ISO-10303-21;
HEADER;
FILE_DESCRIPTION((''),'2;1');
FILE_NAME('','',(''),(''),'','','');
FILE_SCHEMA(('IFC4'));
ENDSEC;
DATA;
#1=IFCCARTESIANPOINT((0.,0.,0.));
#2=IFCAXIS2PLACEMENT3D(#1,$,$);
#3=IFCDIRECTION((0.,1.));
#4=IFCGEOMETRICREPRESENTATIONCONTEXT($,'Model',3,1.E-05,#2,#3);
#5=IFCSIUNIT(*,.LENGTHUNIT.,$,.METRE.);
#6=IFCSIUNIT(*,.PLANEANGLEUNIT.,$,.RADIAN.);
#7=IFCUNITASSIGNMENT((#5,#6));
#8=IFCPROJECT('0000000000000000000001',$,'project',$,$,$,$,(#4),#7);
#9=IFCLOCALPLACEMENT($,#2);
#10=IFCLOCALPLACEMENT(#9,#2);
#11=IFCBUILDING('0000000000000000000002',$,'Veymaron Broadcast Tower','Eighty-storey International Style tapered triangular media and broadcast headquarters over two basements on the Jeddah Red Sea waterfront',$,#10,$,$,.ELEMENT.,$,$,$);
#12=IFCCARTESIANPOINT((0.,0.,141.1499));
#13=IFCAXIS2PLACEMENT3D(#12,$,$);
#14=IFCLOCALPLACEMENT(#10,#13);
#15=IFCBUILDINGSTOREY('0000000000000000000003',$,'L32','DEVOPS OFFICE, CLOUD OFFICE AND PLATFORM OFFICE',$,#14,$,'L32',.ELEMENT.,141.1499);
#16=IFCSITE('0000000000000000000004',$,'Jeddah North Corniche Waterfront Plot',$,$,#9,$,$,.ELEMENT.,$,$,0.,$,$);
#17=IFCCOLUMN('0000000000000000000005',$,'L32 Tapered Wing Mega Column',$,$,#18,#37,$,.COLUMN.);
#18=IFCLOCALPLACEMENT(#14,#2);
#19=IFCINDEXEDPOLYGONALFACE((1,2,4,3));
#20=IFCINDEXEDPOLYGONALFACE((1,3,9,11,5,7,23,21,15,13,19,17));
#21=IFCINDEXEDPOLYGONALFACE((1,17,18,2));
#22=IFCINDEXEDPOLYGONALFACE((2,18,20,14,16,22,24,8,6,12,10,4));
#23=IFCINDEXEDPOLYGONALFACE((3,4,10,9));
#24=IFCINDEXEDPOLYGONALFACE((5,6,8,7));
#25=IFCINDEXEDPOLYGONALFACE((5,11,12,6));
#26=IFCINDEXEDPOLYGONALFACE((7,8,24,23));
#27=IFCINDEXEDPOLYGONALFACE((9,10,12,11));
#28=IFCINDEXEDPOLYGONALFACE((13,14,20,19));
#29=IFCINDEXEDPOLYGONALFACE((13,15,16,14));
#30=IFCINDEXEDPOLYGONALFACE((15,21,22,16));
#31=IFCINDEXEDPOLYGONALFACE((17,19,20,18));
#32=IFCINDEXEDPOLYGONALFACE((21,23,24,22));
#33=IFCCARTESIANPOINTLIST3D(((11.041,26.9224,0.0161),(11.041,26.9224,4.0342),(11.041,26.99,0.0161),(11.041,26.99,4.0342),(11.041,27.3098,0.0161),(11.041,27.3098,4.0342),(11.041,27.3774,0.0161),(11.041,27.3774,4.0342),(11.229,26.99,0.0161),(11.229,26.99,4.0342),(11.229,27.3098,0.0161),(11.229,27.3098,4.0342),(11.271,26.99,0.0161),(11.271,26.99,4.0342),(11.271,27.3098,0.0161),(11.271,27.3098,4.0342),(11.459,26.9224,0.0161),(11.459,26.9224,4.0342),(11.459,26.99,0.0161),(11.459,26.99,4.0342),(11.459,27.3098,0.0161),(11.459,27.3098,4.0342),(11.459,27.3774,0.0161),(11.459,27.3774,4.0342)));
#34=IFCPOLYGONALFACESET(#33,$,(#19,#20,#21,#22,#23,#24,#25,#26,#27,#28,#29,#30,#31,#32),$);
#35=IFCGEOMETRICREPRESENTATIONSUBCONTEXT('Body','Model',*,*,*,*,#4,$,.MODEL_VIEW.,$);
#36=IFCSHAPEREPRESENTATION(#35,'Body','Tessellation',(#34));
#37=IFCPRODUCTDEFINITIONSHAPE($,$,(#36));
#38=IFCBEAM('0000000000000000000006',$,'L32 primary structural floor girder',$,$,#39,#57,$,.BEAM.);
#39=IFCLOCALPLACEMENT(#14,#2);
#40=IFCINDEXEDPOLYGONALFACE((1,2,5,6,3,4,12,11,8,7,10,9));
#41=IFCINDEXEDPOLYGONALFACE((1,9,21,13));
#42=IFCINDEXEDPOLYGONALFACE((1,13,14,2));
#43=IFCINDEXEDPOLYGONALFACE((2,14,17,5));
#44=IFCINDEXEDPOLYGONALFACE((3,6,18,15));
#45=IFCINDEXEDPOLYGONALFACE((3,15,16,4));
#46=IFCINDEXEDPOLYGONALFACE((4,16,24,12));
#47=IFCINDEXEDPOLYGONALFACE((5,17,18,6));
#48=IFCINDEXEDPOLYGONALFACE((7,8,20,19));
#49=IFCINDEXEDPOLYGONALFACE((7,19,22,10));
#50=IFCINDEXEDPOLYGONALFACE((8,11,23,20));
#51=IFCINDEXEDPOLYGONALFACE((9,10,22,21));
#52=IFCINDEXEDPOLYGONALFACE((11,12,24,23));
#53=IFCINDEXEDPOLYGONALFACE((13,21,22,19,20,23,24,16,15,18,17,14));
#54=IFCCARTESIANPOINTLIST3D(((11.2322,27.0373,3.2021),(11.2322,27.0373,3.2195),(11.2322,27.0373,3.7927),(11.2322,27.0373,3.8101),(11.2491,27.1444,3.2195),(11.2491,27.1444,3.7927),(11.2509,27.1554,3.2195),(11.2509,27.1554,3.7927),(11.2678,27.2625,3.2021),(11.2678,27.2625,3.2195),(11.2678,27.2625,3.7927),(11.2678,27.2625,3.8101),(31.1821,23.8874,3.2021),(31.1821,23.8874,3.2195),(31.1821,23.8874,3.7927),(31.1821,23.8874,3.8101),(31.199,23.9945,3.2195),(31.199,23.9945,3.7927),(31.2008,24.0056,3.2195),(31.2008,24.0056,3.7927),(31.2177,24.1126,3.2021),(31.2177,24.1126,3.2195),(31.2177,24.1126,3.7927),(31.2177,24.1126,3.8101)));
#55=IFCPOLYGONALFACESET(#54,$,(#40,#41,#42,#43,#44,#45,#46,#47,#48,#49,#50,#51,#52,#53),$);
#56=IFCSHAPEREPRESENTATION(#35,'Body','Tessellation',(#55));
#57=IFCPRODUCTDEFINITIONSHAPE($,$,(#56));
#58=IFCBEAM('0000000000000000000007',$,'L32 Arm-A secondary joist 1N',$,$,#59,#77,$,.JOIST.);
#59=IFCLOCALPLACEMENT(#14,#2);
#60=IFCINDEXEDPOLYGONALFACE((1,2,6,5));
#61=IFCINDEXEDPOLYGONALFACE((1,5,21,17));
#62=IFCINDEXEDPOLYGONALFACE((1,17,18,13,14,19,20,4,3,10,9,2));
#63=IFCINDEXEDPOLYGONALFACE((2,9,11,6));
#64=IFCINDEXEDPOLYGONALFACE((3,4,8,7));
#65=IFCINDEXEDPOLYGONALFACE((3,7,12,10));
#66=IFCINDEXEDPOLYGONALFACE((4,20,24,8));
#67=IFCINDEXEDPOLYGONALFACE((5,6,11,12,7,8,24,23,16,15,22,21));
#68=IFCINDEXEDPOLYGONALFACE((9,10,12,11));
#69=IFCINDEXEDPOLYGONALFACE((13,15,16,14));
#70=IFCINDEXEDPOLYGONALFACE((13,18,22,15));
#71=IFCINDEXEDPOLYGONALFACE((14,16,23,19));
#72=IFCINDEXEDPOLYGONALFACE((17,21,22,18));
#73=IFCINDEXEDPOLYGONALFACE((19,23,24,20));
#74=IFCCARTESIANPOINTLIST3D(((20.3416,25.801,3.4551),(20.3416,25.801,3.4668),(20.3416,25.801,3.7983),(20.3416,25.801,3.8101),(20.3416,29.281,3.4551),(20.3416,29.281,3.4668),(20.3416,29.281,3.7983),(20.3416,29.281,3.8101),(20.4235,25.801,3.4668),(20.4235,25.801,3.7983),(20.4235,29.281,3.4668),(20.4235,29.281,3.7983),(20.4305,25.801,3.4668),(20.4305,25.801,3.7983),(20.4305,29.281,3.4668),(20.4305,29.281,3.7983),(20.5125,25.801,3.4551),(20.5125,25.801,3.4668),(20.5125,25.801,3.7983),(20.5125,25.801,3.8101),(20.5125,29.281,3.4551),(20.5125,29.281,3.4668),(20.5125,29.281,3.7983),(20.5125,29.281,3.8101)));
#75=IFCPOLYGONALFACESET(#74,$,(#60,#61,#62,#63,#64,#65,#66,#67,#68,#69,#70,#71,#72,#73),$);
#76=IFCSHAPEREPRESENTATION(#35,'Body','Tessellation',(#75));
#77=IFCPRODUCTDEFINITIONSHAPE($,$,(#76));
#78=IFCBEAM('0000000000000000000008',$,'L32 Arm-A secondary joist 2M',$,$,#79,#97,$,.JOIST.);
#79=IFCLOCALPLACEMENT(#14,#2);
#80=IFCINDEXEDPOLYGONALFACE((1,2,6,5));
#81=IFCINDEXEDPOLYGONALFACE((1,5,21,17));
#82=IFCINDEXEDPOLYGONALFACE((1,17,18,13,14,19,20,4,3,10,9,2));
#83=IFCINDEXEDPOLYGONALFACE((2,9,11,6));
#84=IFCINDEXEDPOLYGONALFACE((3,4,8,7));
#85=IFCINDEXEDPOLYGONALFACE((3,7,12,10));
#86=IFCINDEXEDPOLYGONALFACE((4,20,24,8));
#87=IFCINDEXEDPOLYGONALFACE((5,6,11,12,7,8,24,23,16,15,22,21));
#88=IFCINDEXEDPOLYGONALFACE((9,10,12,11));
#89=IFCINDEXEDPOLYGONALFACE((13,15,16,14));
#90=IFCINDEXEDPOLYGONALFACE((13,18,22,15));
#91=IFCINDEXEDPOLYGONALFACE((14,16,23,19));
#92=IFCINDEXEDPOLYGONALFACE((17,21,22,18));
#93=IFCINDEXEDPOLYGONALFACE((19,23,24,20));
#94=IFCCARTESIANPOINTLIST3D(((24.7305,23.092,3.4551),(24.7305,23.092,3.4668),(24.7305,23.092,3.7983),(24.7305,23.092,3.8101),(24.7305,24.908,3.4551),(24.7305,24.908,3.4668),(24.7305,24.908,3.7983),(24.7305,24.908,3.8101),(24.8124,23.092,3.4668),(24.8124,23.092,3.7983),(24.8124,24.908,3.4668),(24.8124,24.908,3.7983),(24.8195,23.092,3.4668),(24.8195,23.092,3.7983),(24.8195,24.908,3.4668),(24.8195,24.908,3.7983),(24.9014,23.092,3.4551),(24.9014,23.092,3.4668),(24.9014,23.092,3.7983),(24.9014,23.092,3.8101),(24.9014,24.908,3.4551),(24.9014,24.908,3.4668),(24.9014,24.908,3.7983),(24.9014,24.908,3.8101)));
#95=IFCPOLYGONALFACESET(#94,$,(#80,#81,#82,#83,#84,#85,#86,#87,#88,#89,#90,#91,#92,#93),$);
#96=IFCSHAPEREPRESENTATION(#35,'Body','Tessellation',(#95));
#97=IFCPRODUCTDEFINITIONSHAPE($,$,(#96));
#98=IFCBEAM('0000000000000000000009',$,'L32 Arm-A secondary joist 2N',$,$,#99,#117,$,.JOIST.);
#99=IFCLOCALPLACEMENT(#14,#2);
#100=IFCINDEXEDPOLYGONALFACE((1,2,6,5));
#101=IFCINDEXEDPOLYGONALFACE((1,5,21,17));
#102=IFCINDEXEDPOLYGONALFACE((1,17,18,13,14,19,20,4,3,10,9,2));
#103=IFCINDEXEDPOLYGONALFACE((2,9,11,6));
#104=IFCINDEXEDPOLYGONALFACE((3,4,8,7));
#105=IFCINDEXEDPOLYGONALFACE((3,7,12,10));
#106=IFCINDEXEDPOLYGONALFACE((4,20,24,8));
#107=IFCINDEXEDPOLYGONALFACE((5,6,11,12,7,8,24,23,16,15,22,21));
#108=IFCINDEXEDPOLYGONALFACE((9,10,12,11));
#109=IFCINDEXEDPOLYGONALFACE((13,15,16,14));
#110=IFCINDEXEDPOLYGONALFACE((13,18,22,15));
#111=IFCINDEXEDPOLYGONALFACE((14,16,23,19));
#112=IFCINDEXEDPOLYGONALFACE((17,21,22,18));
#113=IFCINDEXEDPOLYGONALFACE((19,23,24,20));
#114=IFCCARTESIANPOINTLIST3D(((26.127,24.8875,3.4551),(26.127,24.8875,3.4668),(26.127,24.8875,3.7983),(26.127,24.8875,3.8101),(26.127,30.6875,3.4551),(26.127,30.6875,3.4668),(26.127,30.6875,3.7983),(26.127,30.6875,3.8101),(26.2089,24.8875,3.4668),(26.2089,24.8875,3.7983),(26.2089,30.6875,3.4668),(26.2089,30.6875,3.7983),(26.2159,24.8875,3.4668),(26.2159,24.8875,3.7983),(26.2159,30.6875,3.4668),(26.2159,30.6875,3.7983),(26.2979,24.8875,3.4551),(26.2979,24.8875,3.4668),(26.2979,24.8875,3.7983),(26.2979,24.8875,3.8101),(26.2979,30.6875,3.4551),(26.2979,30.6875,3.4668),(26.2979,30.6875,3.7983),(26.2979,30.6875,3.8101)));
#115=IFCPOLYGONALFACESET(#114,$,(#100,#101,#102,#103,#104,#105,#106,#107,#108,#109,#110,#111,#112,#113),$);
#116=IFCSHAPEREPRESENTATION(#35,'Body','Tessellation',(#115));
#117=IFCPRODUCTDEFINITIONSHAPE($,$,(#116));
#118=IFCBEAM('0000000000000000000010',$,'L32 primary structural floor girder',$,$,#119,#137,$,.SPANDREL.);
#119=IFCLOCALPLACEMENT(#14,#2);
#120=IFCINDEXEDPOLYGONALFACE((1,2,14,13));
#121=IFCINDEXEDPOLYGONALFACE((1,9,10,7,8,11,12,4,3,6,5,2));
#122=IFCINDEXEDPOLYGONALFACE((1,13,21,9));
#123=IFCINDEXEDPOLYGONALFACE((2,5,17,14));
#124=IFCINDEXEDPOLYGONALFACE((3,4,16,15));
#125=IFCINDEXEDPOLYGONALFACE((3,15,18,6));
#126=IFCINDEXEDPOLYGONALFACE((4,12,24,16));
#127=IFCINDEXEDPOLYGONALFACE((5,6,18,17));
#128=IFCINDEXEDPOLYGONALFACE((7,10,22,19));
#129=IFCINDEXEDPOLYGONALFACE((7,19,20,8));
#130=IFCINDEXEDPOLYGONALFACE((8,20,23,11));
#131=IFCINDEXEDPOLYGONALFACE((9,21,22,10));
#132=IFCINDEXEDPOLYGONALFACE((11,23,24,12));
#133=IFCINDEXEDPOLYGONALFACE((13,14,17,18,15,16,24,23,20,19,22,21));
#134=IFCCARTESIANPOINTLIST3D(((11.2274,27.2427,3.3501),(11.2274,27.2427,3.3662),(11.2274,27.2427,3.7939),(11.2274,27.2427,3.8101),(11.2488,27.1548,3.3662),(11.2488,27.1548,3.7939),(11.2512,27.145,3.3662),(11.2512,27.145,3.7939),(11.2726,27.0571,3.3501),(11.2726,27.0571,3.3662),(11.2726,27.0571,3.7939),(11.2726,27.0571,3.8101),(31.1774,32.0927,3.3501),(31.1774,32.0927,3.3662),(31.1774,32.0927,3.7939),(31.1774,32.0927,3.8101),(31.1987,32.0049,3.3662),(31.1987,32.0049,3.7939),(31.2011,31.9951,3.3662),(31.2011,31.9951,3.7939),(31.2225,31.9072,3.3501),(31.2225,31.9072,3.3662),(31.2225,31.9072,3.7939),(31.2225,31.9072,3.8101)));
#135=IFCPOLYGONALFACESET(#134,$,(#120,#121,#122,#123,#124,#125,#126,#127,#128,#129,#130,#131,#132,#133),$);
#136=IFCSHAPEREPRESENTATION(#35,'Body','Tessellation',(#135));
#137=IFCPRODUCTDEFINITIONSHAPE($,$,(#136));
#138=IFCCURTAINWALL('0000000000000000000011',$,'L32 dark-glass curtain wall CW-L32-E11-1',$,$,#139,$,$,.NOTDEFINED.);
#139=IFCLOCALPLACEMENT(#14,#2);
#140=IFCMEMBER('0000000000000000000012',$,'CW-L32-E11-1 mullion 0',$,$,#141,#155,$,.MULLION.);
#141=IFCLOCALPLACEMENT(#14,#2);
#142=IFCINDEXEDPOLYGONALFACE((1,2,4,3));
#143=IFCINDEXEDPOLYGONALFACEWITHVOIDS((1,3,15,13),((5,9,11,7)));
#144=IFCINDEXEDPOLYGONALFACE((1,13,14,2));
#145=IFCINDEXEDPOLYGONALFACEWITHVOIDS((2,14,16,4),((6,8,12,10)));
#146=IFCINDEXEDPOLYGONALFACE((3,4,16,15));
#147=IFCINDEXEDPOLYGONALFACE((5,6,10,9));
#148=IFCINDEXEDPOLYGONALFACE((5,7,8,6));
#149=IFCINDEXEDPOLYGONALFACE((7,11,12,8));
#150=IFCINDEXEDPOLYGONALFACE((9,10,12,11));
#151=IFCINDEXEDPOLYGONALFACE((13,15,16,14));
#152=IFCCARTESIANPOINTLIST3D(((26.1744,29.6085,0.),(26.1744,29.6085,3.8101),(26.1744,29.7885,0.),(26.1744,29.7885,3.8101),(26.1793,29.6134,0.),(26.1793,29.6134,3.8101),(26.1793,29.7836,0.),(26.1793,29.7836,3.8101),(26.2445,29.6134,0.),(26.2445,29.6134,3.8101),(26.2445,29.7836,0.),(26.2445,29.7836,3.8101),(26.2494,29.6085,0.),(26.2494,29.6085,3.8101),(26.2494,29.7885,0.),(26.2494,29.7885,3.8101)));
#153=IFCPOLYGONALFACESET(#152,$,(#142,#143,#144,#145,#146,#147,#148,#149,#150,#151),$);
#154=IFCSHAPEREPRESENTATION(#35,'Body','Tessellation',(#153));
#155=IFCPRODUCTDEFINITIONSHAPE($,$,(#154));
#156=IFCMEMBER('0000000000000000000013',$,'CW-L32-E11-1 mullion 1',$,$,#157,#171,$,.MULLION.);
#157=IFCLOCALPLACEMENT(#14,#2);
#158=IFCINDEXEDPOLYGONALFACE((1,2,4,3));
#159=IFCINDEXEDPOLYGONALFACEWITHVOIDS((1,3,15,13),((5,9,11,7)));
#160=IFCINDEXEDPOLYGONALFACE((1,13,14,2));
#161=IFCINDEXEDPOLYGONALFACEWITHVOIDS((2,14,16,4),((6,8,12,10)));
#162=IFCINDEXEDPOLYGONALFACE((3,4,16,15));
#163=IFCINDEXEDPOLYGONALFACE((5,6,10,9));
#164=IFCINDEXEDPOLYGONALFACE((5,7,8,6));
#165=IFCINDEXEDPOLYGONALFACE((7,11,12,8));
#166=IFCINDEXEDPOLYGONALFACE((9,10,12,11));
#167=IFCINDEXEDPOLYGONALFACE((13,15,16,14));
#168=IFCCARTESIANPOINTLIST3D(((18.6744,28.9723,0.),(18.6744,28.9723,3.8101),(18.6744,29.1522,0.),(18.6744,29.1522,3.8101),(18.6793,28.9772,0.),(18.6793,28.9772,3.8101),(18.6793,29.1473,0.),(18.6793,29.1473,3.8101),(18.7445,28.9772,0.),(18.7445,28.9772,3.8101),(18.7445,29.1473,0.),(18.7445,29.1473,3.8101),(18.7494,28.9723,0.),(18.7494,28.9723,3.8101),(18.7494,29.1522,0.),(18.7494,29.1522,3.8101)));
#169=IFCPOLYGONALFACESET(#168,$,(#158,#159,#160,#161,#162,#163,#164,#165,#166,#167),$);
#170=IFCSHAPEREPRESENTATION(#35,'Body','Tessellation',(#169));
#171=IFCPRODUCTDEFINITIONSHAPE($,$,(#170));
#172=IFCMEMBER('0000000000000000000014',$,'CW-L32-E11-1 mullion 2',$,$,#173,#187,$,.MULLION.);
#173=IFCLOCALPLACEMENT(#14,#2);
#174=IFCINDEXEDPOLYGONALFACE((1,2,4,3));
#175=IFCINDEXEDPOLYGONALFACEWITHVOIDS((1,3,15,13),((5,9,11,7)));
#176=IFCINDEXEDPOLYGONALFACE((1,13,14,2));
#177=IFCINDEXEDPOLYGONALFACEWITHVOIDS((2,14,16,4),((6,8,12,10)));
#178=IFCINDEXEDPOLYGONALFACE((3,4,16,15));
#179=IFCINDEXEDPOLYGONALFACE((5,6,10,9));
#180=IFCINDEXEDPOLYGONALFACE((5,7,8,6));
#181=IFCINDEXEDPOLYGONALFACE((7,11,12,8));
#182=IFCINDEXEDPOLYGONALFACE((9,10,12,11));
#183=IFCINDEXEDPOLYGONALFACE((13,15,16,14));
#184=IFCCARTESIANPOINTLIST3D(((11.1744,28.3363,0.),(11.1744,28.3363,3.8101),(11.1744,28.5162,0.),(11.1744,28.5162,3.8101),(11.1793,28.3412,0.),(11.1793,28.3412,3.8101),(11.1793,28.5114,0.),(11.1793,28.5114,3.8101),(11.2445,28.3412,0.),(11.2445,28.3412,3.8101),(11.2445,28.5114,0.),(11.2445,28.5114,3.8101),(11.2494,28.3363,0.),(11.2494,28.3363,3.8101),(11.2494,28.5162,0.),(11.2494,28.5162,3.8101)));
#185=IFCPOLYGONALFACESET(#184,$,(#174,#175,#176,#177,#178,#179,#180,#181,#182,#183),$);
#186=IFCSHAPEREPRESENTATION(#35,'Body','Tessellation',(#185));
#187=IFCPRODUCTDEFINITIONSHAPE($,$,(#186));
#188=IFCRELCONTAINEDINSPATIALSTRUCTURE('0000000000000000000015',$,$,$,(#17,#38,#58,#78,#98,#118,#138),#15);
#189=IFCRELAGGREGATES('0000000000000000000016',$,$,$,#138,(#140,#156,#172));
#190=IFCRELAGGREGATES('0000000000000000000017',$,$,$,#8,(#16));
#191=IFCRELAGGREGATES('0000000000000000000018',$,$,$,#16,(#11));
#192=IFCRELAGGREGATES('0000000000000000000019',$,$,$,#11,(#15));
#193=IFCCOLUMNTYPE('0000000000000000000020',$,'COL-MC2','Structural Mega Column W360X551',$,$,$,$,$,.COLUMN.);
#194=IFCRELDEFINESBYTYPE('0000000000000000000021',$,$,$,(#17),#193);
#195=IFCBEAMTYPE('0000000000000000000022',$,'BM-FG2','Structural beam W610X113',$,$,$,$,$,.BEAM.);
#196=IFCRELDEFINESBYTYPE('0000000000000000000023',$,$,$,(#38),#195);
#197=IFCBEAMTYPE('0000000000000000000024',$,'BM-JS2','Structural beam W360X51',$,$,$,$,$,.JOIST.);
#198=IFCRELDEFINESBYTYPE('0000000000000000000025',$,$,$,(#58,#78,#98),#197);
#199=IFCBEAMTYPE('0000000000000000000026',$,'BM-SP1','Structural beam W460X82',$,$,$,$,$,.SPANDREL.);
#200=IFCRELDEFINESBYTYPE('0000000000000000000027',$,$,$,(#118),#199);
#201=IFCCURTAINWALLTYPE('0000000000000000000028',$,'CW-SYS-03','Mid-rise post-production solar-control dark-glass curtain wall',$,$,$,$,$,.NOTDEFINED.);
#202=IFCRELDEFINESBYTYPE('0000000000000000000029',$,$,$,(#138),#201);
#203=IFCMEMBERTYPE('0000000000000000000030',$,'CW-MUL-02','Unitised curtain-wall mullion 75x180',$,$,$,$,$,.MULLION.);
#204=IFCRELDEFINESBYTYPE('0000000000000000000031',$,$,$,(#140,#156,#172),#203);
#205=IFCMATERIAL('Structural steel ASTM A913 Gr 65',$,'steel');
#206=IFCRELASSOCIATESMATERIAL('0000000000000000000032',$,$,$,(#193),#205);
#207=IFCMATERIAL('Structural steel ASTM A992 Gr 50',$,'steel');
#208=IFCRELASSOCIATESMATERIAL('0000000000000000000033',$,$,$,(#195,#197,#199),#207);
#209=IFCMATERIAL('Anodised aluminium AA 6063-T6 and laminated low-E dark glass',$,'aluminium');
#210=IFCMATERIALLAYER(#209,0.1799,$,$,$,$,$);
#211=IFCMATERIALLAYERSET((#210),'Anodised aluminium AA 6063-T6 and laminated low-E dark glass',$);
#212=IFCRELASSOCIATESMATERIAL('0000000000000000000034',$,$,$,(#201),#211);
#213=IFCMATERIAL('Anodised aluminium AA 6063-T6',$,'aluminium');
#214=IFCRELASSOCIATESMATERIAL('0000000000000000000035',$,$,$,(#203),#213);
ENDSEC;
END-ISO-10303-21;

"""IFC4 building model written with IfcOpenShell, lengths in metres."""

from ifc_helpers import new_model, si_unit, direction, frame, origin, origin_2d, place, context, subcontext, project, spatial, hollow_rectangle, i_section, extrude, material, layer, layer_set, material_profile, profile_set, type_object, element, aggregate, save


model = new_model("IFC4")

# Units and contexts
model_context = context("Model", 3, precision=1e-05, world=origin(), true_north=direction((0.0, 1.0)))
body_context = subcontext(model_context, "Body", "Model", "MODEL_VIEW")
ifc_project = project(units=[si_unit("LENGTHUNIT", "METRE"), si_unit("PLANEANGLEUNIT", "RADIAN")], contexts=[model_context])

# Site, building, storey
site_placement = place(None, origin())
site = spatial("IfcSite", under=ifc_project, at=site_placement, Name="Jeddah North Corniche Waterfront Plot", CompositionType="ELEMENT", RefElevation=0.0)
building_placement = place(site_placement, origin())
building = spatial("IfcBuilding", under=site, at=building_placement, Name="Veymaron Broadcast Tower", Description="Eighty-storey International Style tapered triangular media and broadcast headquarters over two basements on the Jeddah Red Sea waterfront", CompositionType="ELEMENT")
storey_placement = place(building_placement, frame((0.0, 0.0, 141.1499)))
storey = spatial("IfcBuildingStorey", under=building, at=storey_placement, Name="L32", Description="DEVOPS OFFICE, CLOUD OFFICE AND PLATFORM OFFICE", LongName="L32", CompositionType="ELEMENT", Elevation=141.1499)

# Column
ifc_material_1 = material(Name="Structural steel ASTM A913 Gr 65", Category="steel")
ifc_material_profile_1 = material_profile(ifc_material_1, i_section(OverallWidth=0.418, OverallDepth=0.4551, WebThickness=0.042, FlangeThickness=0.0676, at=origin_2d()), Name="W360X551")
ifc_profile_set_1 = profile_set([ifc_material_profile_1], Name="Structural steel ASTM A913 Gr 65")
column_type = type_object("IfcColumnType", Name="COL-MC2", Description="Structural Mega Column W360X551", PredefinedType="COLUMN", material=ifc_profile_set_1)
column_placement = place(storey_placement, frame((11.25, 27.1499, 0.0161), z_axis=(0.0, 0.0, 1.0), x_axis=(1.0, 0.0, 0.0)))
element("IfcColumn", 1, at=column_placement, inside=storey, type_object=column_type, Name="L32 Tapered Wing Mega Column", PredefinedType="COLUMN", context=body_context, shape_type="SweptSolid", body=[
    extrude(i_section(OverallWidth=0.418, OverallDepth=0.4551, WebThickness=0.042, FlangeThickness=0.0676, at=origin_2d()), origin(), (0.0, 0.0, 1.0), 4.0181),
])

# Beams
ifc_material_2 = material(Name="Structural steel ASTM A992 Gr 50", Category="steel")
ifc_material_profile_2 = material_profile(ifc_material_2, i_section(OverallWidth=0.228, OverallDepth=0.6079, WebThickness=0.0112, FlangeThickness=0.0173, at=origin_2d()), Name="W610X113")
ifc_profile_set_2 = profile_set([ifc_material_profile_2], Name="Structural steel ASTM A992 Gr 50")
beam_type_1 = type_object("IfcBeamType", Name="BM-FG2", Description="Structural beam W610X113", PredefinedType="BEAM", material=ifc_profile_set_2)
beam_1_placement = place(storey_placement, frame((11.25, 27.1499, 3.5061), z_axis=(0.987764, -0.155958, 0.0), x_axis=(0.155958, 0.987764, 0.0)))
element("IfcBeam", 2, at=beam_1_placement, inside=storey, type_object=beam_type_1, Name="L32 primary structural floor girder", PredefinedType="BEAM", context=body_context, shape_type="SweptSolid", body=[
    extrude(i_section(OverallWidth=0.228, OverallDepth=0.6079, WebThickness=0.0112, FlangeThickness=0.0173, at=origin_2d()), origin(), (0.0, 0.0, 1.0), 20.197),
])
ifc_material_profile_3 = material_profile(ifc_material_2, i_section(OverallWidth=0.1709, OverallDepth=0.355, WebThickness=0.0071, FlangeThickness=0.0117, at=origin_2d()), Name="W360X51")
ifc_profile_set_3 = profile_set([ifc_material_profile_3], Name="Structural steel ASTM A992 Gr 50")
beam_type_2 = type_object("IfcBeamType", Name="BM-JS2", Description="Structural beam W360X51", PredefinedType="JOIST", material=ifc_profile_set_3)
beam_2_placement = place(storey_placement, frame((20.427, 25.801, 3.6326), z_axis=(0.0, 1.0, 0.0), x_axis=(-1.0, 0.0, 0.0)))
element("IfcBeam", 3, at=beam_2_placement, inside=storey, type_object=beam_type_2, Name="L32 Arm-A secondary joist 1N", PredefinedType="JOIST", context=body_context, shape_type="SweptSolid", body=[
    extrude(i_section(OverallWidth=0.1709, OverallDepth=0.355, WebThickness=0.0071, FlangeThickness=0.0117, at=origin_2d()), origin(), (0.0, 0.0, 1.0), 3.48),
])
beam_3_placement = place(storey_placement, frame((24.8159, 23.092, 3.6326), z_axis=(0.0, 1.0, 0.0), x_axis=(-1.0, 0.0, 0.0)))
element("IfcBeam", 4, at=beam_3_placement, inside=storey, type_object=beam_type_2, Name="L32 Arm-A secondary joist 2M", PredefinedType="JOIST", context=body_context, shape_type="SweptSolid", body=[
    extrude(i_section(OverallWidth=0.1709, OverallDepth=0.355, WebThickness=0.0071, FlangeThickness=0.0117, at=origin_2d()), origin(), (0.0, 0.0, 1.0), 1.8159),
])
beam_4_placement = place(storey_placement, frame((26.2124, 24.8875, 3.6326), z_axis=(0.0, 1.0, 0.0), x_axis=(-1.0, 0.0, 0.0)))
element("IfcBeam", 5, at=beam_4_placement, inside=storey, type_object=beam_type_2, Name="L32 Arm-A secondary joist 2N", PredefinedType="JOIST", context=body_context, shape_type="SweptSolid", body=[
    extrude(i_section(OverallWidth=0.1709, OverallDepth=0.355, WebThickness=0.0071, FlangeThickness=0.0117, at=origin_2d()), origin(), (0.0, 0.0, 1.0), 5.8),
])
ifc_material_profile_4 = material_profile(ifc_material_2, i_section(OverallWidth=0.1909, OverallDepth=0.46, WebThickness=0.01, FlangeThickness=0.0161, at=origin_2d()), Name="W460X82")
ifc_profile_set_4 = profile_set([ifc_material_profile_4], Name="Structural steel ASTM A992 Gr 50")
beam_type_3 = type_object("IfcBeamType", Name="BM-SP1", Description="Structural beam W460X82", PredefinedType="SPANDREL", material=ifc_profile_set_4)
beam_5_placement = place(storey_placement, frame((11.25, 27.1499, 3.5801), z_axis=(0.971697, 0.236232, 0.0), x_axis=(-0.236232, 0.971697, 0.0)))
element("IfcBeam", 6, at=beam_5_placement, inside=storey, type_object=beam_type_3, Name="L32 primary structural floor girder", PredefinedType="SPANDREL", context=body_context, shape_type="SweptSolid", body=[
    extrude(i_section(OverallWidth=0.1909, OverallDepth=0.46, WebThickness=0.01, FlangeThickness=0.0161, at=origin_2d()), origin(), (0.0, 0.0, 1.0), 20.531),
])

# Curtain wall, members
ifc_material_3 = material(Name="Anodised aluminium AA 6063-T6 and laminated low-E dark glass", Category="aluminium")
ifc_layer_1 = layer(ifc_material_3, 0.1799)
ifc_layer_set_1 = layer_set([ifc_layer_1], Name="Anodised aluminium AA 6063-T6 and laminated low-E dark glass")
curtain_wall_type = type_object("IfcCurtainWallType", Name="CW-SYS-03", Description="Mid-rise post-production solar-control dark-glass curtain wall", PredefinedType="NOTDEFINED", material=ifc_layer_set_1)
curtain_wall_placement = place(storey_placement, origin())
curtain_wall = element("IfcCurtainWall", 7, at=curtain_wall_placement, inside=storey, type_object=curtain_wall_type, Name="L32 dark-glass curtain wall CW-L32-E11-1", PredefinedType="NOTDEFINED")
ifc_material_4 = material(Name="Anodised aluminium AA 6063-T6", Category="aluminium")
ifc_material_profile_5 = material_profile(ifc_material_4, hollow_rectangle(XDim=0.075, YDim=0.1799, WallThickness=0.0049, at=origin_2d()), Name="AL180X75X5")
ifc_profile_set_5 = profile_set([ifc_material_profile_5], Name="Anodised aluminium AA 6063-T6")
member_type_1 = type_object("IfcMemberType", Name="CW-MUL-02", Description="Unitised curtain-wall mullion 75x180", PredefinedType="MULLION", material=ifc_profile_set_5)
member_1_placement = place(storey_placement, frame((26.2119, 29.6985, 0.0), z_axis=(0.0, 0.0, 1.0), x_axis=(1.0, 0.0, 0.0)))
member_1 = element("IfcMember", 8, at=member_1_placement, type_object=member_type_1, Name="CW-L32-E11-1 mullion 0", PredefinedType="MULLION", context=body_context, shape_type="SweptSolid", body=[
    extrude(hollow_rectangle(XDim=0.075, YDim=0.1799, WallThickness=0.0049, at=origin_2d()), origin(), (0.0, 0.0, 1.0), 3.8101),
])
member_2_placement = place(storey_placement, frame((18.7119, 29.0623, 0.0), z_axis=(0.0, 0.0, 1.0), x_axis=(1.0, 0.0, 0.0)))
member_2 = element("IfcMember", 9, at=member_2_placement, type_object=member_type_1, Name="CW-L32-E11-1 mullion 1", PredefinedType="MULLION", context=body_context, shape_type="SweptSolid", body=[
    extrude(hollow_rectangle(XDim=0.075, YDim=0.1799, WallThickness=0.0049, at=origin_2d()), origin(), (0.0, 0.0, 1.0), 3.8101),
])
member_3_placement = place(storey_placement, frame((11.2119, 28.4263, 0.0), z_axis=(0.0, 0.0, 1.0), x_axis=(1.0, 0.0, 0.0)))
member_3 = element("IfcMember", 10, at=member_3_placement, type_object=member_type_1, Name="CW-L32-E11-1 mullion 2", PredefinedType="MULLION", context=body_context, shape_type="SweptSolid", body=[
    extrude(hollow_rectangle(XDim=0.075, YDim=0.1799, WallThickness=0.0049, at=origin_2d()), origin(), (0.0, 0.0, 1.0), 3.8101),
])
aggregate(curtain_wall, [member_1, member_2, member_3])

save(model, "model.ifc")
